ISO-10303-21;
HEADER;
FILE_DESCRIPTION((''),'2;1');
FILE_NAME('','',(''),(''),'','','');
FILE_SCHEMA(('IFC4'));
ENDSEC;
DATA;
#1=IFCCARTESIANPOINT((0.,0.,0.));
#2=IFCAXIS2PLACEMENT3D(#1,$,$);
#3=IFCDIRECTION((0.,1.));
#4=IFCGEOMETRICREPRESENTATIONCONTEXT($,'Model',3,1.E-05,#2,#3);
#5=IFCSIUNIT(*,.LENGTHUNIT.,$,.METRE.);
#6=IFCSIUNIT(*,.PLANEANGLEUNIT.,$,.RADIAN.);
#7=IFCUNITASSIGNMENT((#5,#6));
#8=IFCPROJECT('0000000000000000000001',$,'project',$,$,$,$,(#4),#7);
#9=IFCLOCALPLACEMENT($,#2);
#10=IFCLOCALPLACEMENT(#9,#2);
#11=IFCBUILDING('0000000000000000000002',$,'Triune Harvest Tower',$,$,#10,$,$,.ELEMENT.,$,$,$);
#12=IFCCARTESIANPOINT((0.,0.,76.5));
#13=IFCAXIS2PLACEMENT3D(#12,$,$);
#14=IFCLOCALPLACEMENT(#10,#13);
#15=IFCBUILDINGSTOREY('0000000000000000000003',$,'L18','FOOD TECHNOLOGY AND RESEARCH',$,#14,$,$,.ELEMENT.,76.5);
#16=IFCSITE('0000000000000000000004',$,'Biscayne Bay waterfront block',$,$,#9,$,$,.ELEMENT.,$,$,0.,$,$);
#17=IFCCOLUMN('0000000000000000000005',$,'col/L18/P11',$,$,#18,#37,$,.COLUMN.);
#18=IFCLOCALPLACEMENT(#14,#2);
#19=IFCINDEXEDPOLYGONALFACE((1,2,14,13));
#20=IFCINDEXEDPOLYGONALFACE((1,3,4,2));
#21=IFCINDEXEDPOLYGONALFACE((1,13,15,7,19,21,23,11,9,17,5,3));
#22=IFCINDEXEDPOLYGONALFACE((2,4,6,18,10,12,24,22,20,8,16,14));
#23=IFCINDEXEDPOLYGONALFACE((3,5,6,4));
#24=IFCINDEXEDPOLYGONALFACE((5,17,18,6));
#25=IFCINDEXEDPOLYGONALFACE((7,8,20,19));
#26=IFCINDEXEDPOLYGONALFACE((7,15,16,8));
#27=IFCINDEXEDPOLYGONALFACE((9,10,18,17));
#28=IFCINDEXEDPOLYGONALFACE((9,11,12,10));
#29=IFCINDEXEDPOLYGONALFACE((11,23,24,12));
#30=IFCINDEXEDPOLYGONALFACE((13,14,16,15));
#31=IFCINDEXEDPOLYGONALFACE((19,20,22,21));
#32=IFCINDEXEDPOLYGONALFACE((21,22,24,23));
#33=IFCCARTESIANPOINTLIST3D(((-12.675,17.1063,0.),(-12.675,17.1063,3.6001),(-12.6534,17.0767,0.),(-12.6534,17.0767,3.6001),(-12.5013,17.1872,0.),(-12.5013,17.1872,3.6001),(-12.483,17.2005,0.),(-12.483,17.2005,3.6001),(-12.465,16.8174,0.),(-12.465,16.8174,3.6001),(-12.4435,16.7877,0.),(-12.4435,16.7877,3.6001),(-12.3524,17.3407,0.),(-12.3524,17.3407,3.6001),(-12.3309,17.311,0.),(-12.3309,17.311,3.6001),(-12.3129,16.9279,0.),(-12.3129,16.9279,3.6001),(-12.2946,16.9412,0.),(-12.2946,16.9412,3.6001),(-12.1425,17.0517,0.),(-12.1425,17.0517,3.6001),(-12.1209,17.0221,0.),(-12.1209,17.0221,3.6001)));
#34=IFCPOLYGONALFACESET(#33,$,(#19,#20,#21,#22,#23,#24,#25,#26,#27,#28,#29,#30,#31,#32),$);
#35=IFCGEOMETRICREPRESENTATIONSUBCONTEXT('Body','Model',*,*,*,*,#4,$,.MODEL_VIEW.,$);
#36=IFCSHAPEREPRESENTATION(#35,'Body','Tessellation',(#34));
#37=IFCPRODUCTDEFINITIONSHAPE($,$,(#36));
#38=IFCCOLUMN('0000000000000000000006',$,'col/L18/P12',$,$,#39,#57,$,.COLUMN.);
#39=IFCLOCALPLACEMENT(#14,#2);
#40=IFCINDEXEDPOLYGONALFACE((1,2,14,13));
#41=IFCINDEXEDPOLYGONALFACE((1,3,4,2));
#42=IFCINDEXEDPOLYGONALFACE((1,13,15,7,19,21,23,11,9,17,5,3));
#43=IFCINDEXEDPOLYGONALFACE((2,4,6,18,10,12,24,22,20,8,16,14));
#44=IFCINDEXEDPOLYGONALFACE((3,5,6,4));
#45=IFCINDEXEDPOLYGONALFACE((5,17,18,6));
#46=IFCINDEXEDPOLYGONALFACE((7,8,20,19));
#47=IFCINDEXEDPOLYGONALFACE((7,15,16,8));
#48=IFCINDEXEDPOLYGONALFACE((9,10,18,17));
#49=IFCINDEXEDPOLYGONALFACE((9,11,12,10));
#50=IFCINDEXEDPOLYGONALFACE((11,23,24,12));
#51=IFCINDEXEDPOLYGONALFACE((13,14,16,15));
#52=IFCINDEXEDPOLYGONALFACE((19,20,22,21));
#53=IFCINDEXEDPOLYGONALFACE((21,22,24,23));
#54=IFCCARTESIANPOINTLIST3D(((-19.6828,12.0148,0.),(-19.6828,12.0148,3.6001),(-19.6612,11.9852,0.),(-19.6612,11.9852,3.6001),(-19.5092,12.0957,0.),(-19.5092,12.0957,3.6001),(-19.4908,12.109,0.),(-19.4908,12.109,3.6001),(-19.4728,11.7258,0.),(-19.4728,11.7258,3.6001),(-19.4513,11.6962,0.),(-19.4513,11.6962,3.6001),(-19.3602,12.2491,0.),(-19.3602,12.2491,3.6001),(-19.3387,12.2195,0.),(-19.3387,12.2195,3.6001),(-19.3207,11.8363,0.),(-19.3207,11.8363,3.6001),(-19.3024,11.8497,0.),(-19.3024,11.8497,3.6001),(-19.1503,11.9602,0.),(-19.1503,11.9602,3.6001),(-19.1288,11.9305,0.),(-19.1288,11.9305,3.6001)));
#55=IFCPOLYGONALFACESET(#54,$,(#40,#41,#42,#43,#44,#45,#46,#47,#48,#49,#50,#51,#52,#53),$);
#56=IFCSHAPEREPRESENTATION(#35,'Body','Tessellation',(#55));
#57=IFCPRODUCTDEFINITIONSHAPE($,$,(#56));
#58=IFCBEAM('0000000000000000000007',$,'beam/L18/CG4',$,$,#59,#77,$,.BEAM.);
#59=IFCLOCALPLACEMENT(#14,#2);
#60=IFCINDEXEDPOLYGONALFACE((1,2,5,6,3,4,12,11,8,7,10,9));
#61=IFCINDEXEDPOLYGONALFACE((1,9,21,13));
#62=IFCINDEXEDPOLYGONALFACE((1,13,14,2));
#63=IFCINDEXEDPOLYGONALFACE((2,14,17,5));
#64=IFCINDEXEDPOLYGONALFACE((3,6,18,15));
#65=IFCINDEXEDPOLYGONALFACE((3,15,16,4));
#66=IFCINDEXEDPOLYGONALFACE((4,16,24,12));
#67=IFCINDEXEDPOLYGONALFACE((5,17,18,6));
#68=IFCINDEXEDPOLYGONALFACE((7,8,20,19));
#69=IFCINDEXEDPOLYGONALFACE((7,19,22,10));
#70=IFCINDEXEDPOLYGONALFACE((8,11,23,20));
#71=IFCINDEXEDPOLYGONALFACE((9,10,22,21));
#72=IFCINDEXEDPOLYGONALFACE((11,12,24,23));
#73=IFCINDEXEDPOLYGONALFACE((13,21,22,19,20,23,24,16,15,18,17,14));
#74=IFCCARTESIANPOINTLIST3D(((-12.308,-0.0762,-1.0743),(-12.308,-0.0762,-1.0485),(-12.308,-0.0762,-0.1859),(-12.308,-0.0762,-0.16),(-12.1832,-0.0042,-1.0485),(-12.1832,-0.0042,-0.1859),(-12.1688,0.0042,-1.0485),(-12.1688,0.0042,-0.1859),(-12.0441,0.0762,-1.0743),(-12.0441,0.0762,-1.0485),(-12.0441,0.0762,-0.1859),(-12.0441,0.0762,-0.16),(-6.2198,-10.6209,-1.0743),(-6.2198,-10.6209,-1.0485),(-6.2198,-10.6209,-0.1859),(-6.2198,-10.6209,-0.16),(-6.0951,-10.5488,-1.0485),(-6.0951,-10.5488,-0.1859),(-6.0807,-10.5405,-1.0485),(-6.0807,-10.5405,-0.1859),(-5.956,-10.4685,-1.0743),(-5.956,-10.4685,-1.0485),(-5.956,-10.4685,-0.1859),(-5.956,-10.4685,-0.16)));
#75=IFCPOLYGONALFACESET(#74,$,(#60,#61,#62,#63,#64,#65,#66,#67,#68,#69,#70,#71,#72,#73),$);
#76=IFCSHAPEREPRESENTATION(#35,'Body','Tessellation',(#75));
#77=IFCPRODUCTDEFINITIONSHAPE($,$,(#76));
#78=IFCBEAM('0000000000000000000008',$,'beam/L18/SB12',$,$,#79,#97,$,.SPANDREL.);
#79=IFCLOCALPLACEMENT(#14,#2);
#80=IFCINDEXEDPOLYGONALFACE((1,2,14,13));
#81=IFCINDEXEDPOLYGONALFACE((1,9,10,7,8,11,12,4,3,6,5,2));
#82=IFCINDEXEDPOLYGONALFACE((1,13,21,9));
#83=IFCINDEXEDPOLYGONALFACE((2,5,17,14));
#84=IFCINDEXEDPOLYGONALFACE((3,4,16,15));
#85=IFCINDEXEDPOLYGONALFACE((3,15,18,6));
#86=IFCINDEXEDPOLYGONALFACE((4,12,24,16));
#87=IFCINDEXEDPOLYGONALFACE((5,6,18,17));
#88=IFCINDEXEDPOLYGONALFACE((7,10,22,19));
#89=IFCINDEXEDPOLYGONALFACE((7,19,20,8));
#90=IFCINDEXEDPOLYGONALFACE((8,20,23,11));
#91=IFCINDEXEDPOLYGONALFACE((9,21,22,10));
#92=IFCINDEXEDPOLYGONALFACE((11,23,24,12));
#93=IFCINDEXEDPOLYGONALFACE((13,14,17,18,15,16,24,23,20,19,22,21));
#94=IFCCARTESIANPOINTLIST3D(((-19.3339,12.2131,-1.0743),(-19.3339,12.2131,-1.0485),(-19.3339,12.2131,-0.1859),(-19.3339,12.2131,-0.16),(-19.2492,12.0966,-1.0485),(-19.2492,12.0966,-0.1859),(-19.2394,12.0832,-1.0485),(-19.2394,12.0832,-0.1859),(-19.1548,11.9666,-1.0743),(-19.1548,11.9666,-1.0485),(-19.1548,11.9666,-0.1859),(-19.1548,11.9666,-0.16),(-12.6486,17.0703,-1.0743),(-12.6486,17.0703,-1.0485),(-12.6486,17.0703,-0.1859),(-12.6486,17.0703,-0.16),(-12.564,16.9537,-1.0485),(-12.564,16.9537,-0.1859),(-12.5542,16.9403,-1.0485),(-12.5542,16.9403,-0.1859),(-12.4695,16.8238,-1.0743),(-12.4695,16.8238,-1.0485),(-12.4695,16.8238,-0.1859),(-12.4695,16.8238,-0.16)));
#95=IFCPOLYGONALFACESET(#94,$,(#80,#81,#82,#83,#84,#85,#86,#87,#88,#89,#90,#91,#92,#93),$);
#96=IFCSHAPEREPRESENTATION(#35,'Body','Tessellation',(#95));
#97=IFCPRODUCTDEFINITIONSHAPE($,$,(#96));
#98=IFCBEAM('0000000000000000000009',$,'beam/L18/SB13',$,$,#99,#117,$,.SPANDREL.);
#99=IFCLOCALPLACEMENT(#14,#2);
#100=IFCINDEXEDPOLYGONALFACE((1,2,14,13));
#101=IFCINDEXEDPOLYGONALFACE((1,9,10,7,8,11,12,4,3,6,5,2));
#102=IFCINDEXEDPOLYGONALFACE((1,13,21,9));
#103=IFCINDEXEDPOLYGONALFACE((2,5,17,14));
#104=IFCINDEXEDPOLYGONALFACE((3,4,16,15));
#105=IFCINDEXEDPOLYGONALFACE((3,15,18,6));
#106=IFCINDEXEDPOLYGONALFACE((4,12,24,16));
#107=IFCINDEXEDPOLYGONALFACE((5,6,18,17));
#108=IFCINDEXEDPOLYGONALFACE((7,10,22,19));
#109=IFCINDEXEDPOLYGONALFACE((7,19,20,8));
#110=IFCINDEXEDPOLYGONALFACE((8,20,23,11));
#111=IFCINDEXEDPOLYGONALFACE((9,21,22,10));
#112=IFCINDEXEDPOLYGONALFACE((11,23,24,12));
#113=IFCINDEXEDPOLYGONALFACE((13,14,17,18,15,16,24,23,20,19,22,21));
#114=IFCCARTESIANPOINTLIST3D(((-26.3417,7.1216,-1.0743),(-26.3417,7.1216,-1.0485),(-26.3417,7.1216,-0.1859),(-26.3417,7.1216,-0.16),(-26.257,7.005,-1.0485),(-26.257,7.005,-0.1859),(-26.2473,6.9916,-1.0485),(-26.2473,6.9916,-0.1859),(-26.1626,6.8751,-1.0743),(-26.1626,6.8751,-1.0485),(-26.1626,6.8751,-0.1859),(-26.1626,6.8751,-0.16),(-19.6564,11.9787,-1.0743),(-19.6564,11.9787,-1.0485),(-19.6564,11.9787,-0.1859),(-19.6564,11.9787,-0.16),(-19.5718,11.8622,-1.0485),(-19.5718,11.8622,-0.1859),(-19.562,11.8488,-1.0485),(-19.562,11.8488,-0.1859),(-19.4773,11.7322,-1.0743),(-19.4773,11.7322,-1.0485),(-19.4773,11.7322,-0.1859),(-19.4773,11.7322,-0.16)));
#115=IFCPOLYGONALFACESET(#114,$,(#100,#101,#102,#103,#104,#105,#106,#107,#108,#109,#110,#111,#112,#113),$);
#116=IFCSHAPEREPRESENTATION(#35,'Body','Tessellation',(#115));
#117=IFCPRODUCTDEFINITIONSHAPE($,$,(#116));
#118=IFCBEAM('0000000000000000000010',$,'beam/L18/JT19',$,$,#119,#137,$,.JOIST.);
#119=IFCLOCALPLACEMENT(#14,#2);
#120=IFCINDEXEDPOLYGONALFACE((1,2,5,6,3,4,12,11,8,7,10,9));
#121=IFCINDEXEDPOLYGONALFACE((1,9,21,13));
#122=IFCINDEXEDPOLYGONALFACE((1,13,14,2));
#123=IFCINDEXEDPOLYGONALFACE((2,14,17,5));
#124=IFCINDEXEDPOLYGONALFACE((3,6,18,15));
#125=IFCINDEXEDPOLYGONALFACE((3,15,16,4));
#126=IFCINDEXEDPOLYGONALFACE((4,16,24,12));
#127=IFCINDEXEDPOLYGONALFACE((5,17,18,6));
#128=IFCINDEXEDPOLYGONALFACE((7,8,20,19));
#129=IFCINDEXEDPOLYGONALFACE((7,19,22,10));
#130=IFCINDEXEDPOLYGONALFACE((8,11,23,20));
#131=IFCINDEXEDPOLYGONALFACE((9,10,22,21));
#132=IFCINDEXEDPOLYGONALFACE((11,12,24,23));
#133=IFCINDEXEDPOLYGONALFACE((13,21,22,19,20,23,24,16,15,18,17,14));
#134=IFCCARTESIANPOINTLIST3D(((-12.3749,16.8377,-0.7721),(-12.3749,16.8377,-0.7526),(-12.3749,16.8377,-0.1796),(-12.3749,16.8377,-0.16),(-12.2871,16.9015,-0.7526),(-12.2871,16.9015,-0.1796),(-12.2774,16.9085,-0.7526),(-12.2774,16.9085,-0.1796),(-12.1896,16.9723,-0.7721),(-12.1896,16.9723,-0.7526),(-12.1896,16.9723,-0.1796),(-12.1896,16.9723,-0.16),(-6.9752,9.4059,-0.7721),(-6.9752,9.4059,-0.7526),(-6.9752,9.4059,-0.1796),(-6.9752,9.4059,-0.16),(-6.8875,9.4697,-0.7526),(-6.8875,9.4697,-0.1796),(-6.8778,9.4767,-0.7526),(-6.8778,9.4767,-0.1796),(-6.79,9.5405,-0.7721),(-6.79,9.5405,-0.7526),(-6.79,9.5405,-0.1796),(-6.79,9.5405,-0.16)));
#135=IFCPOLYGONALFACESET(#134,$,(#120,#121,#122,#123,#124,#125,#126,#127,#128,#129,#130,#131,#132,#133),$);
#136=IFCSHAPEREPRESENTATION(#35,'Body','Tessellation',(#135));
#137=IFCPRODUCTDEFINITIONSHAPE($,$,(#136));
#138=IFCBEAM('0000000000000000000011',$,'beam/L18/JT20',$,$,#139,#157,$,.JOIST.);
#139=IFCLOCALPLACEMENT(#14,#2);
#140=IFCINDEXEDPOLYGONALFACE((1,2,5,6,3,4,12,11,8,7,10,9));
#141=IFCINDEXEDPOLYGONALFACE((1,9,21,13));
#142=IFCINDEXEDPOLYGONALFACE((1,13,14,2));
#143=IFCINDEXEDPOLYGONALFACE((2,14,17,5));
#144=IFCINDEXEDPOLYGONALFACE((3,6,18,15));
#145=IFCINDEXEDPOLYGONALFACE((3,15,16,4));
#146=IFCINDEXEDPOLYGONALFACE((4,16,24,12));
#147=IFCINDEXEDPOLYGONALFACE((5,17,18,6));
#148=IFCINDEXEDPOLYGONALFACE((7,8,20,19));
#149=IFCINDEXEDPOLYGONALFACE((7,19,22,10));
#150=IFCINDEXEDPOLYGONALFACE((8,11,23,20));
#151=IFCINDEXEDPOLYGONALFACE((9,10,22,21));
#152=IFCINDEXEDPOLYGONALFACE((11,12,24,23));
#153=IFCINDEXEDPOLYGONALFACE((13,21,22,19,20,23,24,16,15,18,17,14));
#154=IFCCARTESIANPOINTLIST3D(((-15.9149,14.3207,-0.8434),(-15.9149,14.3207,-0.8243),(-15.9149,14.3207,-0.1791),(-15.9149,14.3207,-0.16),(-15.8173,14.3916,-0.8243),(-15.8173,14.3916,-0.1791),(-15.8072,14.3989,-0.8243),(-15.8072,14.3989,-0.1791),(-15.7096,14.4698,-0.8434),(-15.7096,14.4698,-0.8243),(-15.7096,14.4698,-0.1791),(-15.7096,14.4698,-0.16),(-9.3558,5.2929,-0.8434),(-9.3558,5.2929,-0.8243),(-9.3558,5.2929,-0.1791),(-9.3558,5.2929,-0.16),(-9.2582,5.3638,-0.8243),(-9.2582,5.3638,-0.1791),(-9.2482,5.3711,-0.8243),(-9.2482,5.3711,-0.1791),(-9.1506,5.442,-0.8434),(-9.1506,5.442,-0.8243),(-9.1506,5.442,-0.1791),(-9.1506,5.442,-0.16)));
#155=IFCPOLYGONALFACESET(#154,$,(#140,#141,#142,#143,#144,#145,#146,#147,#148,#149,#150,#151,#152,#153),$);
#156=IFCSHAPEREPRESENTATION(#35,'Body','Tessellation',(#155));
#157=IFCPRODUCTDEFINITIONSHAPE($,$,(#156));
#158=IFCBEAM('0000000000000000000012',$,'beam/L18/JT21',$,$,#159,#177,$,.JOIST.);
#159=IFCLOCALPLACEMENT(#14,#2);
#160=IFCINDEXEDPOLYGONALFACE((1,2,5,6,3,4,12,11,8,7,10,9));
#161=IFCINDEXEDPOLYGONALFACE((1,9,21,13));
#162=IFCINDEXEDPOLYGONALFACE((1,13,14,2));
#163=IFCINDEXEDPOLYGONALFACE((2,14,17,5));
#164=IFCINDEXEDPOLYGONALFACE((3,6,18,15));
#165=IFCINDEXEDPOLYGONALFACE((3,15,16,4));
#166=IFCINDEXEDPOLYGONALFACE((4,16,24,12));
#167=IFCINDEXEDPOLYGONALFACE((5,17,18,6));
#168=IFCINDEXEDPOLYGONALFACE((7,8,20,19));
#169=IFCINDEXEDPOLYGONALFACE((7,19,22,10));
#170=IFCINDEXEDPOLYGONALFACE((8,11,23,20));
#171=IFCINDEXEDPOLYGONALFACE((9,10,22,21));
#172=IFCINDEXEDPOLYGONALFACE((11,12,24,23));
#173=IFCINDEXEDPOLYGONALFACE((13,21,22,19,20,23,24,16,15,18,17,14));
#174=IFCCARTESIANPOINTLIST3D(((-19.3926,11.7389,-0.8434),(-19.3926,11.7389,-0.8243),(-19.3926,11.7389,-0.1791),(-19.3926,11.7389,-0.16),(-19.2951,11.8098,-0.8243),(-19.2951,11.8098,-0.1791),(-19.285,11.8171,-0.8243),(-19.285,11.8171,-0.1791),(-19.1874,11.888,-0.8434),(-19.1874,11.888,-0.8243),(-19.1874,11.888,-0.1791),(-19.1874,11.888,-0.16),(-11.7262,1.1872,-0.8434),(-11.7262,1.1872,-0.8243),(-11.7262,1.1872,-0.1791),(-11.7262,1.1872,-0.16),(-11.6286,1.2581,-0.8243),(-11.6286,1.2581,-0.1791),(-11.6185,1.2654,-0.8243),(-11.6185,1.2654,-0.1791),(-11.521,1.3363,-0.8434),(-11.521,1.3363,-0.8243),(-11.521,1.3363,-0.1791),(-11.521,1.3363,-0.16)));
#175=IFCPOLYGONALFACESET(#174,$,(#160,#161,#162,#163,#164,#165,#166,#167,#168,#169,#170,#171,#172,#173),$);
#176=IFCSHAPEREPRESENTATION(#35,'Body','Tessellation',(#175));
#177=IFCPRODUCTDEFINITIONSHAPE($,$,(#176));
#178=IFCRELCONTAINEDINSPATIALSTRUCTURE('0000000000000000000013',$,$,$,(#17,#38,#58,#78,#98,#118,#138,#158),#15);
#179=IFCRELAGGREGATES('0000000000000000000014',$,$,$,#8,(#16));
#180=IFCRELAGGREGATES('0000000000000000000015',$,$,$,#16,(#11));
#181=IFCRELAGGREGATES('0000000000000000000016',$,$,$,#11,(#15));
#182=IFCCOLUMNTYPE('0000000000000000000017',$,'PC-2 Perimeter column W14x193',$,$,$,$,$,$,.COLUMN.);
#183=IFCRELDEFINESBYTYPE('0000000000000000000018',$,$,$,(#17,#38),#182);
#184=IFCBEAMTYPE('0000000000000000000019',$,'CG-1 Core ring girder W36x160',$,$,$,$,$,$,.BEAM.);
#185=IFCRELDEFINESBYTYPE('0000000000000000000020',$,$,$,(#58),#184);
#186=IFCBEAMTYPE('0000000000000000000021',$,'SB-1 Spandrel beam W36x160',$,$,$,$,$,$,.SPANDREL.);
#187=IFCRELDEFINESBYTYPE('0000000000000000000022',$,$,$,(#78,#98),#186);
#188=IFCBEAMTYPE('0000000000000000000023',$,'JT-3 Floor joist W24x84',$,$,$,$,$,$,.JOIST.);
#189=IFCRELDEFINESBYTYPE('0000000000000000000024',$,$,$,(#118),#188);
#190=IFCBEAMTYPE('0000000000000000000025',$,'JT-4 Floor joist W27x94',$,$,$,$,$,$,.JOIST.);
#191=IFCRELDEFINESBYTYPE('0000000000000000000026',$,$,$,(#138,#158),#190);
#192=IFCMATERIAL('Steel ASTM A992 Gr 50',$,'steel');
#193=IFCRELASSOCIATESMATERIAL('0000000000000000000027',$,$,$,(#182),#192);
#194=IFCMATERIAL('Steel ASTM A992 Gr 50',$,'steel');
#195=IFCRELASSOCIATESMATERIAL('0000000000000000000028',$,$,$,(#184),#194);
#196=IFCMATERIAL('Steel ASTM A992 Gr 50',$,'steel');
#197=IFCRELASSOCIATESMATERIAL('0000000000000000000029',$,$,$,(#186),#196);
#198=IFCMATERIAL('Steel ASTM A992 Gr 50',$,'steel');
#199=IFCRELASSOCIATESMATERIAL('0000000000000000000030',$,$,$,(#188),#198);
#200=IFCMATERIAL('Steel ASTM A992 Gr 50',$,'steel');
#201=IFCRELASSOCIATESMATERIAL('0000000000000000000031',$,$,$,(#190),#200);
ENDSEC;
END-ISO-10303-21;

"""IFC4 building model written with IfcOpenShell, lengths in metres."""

from ifc_helpers import new_model, si_unit, direction, frame, origin, origin_2d, place, context, subcontext, project, spatial, i_section, extrude, source, transform, mapped, material, material_profile, profile_set, type_object, element, save


model = new_model("IFC4")

# Units and contexts
model_context = context("Model", 3, precision=1e-05, world=origin(), true_north=direction((0.0, 1.0)))
body_context = subcontext(model_context, "Body", "Model", "MODEL_VIEW")
ifc_project = project(units=[si_unit("LENGTHUNIT", "METRE"), si_unit("PLANEANGLEUNIT", "RADIAN")], contexts=[model_context])

# Site, building, storey
site_placement = place(None, origin())
site = spatial("IfcSite", under=ifc_project, at=site_placement, Name="Biscayne Bay waterfront block", CompositionType="ELEMENT", RefElevation=0.0)
building_placement = place(site_placement, origin())
building = spatial("IfcBuilding", under=site, at=building_placement, Name="Triune Harvest Tower", CompositionType="ELEMENT")
storey_placement = place(building_placement, frame((0.0, 0.0, 76.5)))
storey = spatial("IfcBuildingStorey", under=building, at=storey_placement, Name="L18", Description="FOOD TECHNOLOGY AND RESEARCH", CompositionType="ELEMENT", Elevation=76.5)

# Columns
ifc_material_1 = material(Name="Steel ASTM A992 Gr 50", Category="steel")
ifc_material_profile_1 = material_profile(ifc_material_1, i_section(OverallWidth=0.3987, OverallDepth=0.3938, WebThickness=0.0227, FlangeThickness=0.0366, at=origin_2d()), Name="W14x193")
ifc_profile_set_1 = profile_set([ifc_material_profile_1], Name="Steel ASTM A992 Gr 50")
column_type = type_object("IfcColumnType", Name="PC-2 Perimeter column W14x193", PredefinedType="COLUMN", material=ifc_profile_set_1)
shared_shape_1 = source(origin(), body_context, "Body", "SweptSolid", [
    extrude(i_section(OverallWidth=0.3987, OverallDepth=0.3938, WebThickness=0.0227, FlangeThickness=0.0366, at=origin_2d()), origin(), (0.0, 0.0, 1.0), 3.6001),
])
for number, where, z_axis, x_axis, name in (
    (1, (-12.3979, 17.0642, 0.0), (0.0, 0.0, 1.0), (-0.809017, -0.587785, 0.0), "col/L18/P11"),
    (2, (-19.4058, 11.9727, 0.0), (0.0, 0.0, 1.0), (-0.809017, -0.587785, 0.0), "col/L18/P12"),
):
    element("IfcColumn", number, at=place(storey_placement, frame(where, z_axis=z_axis, x_axis=x_axis)), inside=storey, type_object=column_type, Name=name, PredefinedType="COLUMN", context=body_context, shape_type="MappedRepresentation", body=[
        mapped(shared_shape_1, transform((0.0, 0.0, 0.0), scale=1.0)),
    ])

# Beams
ifc_material_2 = material(Name="Steel ASTM A992 Gr 50", Category="steel")
ifc_material_profile_2 = material_profile(ifc_material_2, i_section(OverallWidth=0.3047, OverallDepth=0.9143, WebThickness=0.0166, FlangeThickness=0.0259, at=origin_2d()), Name="W36x160")
ifc_profile_set_2 = profile_set([ifc_material_profile_2], Name="Steel ASTM A992 Gr 50")
beam_type_1 = type_object("IfcBeamType", Name="CG-1 Core ring girder W36x160", PredefinedType="BEAM", material=ifc_profile_set_2)
shared_shape_2 = source(origin(), body_context, "Body", "SweptSolid", [
    extrude(i_section(OverallWidth=0.3047, OverallDepth=0.9143, WebThickness=0.0166, FlangeThickness=0.0259, at=origin_2d()), origin(), (0.0, 0.0, 1.0), 12.176),
])
beam_1_placement = place(storey_placement, frame((-12.176, 0.0, -0.6172), z_axis=(0.50001, -0.86602, 0.0), x_axis=(0.86602, 0.50001, 0.0)))
element("IfcBeam", 3, at=beam_1_placement, inside=storey, type_object=beam_type_1, Name="beam/L18/CG4", PredefinedType="BEAM", context=body_context, shape_type="MappedRepresentation", body=[
    mapped(shared_shape_2, transform((0.0, 0.0, 0.0), scale=1.0)),
])
ifc_material_3 = material(Name="Steel ASTM A992 Gr 50", Category="steel")
ifc_material_profile_3 = material_profile(ifc_material_3, i_section(OverallWidth=0.3047, OverallDepth=0.9143, WebThickness=0.0166, FlangeThickness=0.0259, at=origin_2d()), Name="W36x160")
ifc_profile_set_3 = profile_set([ifc_material_profile_3], Name="Steel ASTM A992 Gr 50")
beam_type_2 = type_object("IfcBeamType", Name="SB-1 Spandrel beam W36x160", PredefinedType="SPANDREL", material=ifc_profile_set_3)
shared_shape_3 = source(origin(), body_context, "Body", "SweptSolid", [
    extrude(i_section(OverallWidth=0.3047, OverallDepth=0.9143, WebThickness=0.0166, FlangeThickness=0.0259, at=origin_2d()), origin(), (0.0, 0.0, 1.0), 8.2634),
])
for number, where, z_axis, x_axis, name in (
    (4, (-12.5591, 16.947, -0.6172), (-0.809016, -0.587787, 0.0), (0.587787, -0.809016, 0.0), "beam/L18/SB12"),
    (5, (-19.5669, 11.8555, -0.6172), (-0.809016, -0.587787, 0.0), (0.587787, -0.809016, 0.0), "beam/L18/SB13"),
):
    element("IfcBeam", number, at=place(storey_placement, frame(where, z_axis=z_axis, x_axis=x_axis)), inside=storey, type_object=beam_type_2, Name=name, PredefinedType="SPANDREL", context=body_context, shape_type="MappedRepresentation", body=[
        mapped(shared_shape_3, transform((0.0, 0.0, 0.0), scale=1.0)),
    ])
ifc_material_4 = material(Name="Steel ASTM A992 Gr 50", Category="steel")
ifc_material_profile_4 = material_profile(ifc_material_4, i_section(OverallWidth=0.229, OverallDepth=0.6121, WebThickness=0.012, FlangeThickness=0.0195, at=origin_2d()), Name="W24x84")
ifc_profile_set_4 = profile_set([ifc_material_profile_4], Name="Steel ASTM A992 Gr 50")
beam_type_3 = type_object("IfcBeamType", Name="JT-3 Floor joist W24x84", PredefinedType="JOIST", material=ifc_profile_set_4)
shared_shape_4 = source(origin(), body_context, "Body", "SweptSolid", [
    extrude(i_section(OverallWidth=0.229, OverallDepth=0.6121, WebThickness=0.012, FlangeThickness=0.0195, at=origin_2d()), origin(), (0.0, 0.0, 1.0), 9.1863),
])
beam_2_placement = place(storey_placement, frame((-12.2822, 16.905, -0.4661), z_axis=(0.587791, -0.809013, 0.0), x_axis=(0.809013, 0.587791, 0.0)))
element("IfcBeam", 6, at=beam_2_placement, inside=storey, type_object=beam_type_3, Name="beam/L18/JT19", PredefinedType="JOIST", context=body_context, shape_type="MappedRepresentation", body=[
    mapped(shared_shape_4, transform((0.0, 0.0, 0.0), scale=1.0)),
])
ifc_material_5 = material(Name="Steel ASTM A992 Gr 50", Category="steel")
ifc_material_profile_5 = material_profile(ifc_material_5, i_section(OverallWidth=0.2537, OverallDepth=0.6833, WebThickness=0.0125, FlangeThickness=0.019, at=origin_2d()), Name="W27x94")
ifc_profile_set_5 = profile_set([ifc_material_profile_5], Name="Steel ASTM A992 Gr 50")
beam_type_4 = type_object("IfcBeamType", Name="JT-4 Floor joist W27x94", PredefinedType="JOIST", material=ifc_profile_set_5)
shared_shape_5 = source(origin(), body_context, "Body", "SweptSolid", [
    extrude(i_section(OverallWidth=0.2537, OverallDepth=0.6833, WebThickness=0.0125, FlangeThickness=0.019, at=origin_2d()), origin(), (0.0, 0.0, 1.0), 11.1589),
])
beam_3_placement = place(storey_placement, frame((-15.8123, 14.3953, -0.5017), z_axis=(0.587784, -0.809018, 0.0), x_axis=(0.809018, 0.587784, 0.0)))
element("IfcBeam", 7, at=beam_3_placement, inside=storey, type_object=beam_type_4, Name="beam/L18/JT20", PredefinedType="JOIST", context=body_context, shape_type="MappedRepresentation", body=[
    mapped(shared_shape_5, transform((0.0, 0.0, 0.0), scale=1.0)),
])
shared_shape_6 = source(origin(), body_context, "Body", "SweptSolid", [
    extrude(i_section(OverallWidth=0.2537, OverallDepth=0.6833, WebThickness=0.0125, FlangeThickness=0.019, at=origin_2d()), origin(), (0.0, 0.0, 1.0), 13.0427),
])
beam_4_placement = place(storey_placement, frame((-19.29, 11.8135, -0.5017), z_axis=(0.587795, -0.80901, 0.0), x_axis=(0.80901, 0.587795, 0.0)))
element("IfcBeam", 8, at=beam_4_placement, inside=storey, type_object=beam_type_4, Name="beam/L18/JT21", PredefinedType="JOIST", context=body_context, shape_type="MappedRepresentation", body=[
    mapped(shared_shape_6, transform((0.0, 0.0, 0.0), scale=1.0)),
])

save(model, "model.ifc")
